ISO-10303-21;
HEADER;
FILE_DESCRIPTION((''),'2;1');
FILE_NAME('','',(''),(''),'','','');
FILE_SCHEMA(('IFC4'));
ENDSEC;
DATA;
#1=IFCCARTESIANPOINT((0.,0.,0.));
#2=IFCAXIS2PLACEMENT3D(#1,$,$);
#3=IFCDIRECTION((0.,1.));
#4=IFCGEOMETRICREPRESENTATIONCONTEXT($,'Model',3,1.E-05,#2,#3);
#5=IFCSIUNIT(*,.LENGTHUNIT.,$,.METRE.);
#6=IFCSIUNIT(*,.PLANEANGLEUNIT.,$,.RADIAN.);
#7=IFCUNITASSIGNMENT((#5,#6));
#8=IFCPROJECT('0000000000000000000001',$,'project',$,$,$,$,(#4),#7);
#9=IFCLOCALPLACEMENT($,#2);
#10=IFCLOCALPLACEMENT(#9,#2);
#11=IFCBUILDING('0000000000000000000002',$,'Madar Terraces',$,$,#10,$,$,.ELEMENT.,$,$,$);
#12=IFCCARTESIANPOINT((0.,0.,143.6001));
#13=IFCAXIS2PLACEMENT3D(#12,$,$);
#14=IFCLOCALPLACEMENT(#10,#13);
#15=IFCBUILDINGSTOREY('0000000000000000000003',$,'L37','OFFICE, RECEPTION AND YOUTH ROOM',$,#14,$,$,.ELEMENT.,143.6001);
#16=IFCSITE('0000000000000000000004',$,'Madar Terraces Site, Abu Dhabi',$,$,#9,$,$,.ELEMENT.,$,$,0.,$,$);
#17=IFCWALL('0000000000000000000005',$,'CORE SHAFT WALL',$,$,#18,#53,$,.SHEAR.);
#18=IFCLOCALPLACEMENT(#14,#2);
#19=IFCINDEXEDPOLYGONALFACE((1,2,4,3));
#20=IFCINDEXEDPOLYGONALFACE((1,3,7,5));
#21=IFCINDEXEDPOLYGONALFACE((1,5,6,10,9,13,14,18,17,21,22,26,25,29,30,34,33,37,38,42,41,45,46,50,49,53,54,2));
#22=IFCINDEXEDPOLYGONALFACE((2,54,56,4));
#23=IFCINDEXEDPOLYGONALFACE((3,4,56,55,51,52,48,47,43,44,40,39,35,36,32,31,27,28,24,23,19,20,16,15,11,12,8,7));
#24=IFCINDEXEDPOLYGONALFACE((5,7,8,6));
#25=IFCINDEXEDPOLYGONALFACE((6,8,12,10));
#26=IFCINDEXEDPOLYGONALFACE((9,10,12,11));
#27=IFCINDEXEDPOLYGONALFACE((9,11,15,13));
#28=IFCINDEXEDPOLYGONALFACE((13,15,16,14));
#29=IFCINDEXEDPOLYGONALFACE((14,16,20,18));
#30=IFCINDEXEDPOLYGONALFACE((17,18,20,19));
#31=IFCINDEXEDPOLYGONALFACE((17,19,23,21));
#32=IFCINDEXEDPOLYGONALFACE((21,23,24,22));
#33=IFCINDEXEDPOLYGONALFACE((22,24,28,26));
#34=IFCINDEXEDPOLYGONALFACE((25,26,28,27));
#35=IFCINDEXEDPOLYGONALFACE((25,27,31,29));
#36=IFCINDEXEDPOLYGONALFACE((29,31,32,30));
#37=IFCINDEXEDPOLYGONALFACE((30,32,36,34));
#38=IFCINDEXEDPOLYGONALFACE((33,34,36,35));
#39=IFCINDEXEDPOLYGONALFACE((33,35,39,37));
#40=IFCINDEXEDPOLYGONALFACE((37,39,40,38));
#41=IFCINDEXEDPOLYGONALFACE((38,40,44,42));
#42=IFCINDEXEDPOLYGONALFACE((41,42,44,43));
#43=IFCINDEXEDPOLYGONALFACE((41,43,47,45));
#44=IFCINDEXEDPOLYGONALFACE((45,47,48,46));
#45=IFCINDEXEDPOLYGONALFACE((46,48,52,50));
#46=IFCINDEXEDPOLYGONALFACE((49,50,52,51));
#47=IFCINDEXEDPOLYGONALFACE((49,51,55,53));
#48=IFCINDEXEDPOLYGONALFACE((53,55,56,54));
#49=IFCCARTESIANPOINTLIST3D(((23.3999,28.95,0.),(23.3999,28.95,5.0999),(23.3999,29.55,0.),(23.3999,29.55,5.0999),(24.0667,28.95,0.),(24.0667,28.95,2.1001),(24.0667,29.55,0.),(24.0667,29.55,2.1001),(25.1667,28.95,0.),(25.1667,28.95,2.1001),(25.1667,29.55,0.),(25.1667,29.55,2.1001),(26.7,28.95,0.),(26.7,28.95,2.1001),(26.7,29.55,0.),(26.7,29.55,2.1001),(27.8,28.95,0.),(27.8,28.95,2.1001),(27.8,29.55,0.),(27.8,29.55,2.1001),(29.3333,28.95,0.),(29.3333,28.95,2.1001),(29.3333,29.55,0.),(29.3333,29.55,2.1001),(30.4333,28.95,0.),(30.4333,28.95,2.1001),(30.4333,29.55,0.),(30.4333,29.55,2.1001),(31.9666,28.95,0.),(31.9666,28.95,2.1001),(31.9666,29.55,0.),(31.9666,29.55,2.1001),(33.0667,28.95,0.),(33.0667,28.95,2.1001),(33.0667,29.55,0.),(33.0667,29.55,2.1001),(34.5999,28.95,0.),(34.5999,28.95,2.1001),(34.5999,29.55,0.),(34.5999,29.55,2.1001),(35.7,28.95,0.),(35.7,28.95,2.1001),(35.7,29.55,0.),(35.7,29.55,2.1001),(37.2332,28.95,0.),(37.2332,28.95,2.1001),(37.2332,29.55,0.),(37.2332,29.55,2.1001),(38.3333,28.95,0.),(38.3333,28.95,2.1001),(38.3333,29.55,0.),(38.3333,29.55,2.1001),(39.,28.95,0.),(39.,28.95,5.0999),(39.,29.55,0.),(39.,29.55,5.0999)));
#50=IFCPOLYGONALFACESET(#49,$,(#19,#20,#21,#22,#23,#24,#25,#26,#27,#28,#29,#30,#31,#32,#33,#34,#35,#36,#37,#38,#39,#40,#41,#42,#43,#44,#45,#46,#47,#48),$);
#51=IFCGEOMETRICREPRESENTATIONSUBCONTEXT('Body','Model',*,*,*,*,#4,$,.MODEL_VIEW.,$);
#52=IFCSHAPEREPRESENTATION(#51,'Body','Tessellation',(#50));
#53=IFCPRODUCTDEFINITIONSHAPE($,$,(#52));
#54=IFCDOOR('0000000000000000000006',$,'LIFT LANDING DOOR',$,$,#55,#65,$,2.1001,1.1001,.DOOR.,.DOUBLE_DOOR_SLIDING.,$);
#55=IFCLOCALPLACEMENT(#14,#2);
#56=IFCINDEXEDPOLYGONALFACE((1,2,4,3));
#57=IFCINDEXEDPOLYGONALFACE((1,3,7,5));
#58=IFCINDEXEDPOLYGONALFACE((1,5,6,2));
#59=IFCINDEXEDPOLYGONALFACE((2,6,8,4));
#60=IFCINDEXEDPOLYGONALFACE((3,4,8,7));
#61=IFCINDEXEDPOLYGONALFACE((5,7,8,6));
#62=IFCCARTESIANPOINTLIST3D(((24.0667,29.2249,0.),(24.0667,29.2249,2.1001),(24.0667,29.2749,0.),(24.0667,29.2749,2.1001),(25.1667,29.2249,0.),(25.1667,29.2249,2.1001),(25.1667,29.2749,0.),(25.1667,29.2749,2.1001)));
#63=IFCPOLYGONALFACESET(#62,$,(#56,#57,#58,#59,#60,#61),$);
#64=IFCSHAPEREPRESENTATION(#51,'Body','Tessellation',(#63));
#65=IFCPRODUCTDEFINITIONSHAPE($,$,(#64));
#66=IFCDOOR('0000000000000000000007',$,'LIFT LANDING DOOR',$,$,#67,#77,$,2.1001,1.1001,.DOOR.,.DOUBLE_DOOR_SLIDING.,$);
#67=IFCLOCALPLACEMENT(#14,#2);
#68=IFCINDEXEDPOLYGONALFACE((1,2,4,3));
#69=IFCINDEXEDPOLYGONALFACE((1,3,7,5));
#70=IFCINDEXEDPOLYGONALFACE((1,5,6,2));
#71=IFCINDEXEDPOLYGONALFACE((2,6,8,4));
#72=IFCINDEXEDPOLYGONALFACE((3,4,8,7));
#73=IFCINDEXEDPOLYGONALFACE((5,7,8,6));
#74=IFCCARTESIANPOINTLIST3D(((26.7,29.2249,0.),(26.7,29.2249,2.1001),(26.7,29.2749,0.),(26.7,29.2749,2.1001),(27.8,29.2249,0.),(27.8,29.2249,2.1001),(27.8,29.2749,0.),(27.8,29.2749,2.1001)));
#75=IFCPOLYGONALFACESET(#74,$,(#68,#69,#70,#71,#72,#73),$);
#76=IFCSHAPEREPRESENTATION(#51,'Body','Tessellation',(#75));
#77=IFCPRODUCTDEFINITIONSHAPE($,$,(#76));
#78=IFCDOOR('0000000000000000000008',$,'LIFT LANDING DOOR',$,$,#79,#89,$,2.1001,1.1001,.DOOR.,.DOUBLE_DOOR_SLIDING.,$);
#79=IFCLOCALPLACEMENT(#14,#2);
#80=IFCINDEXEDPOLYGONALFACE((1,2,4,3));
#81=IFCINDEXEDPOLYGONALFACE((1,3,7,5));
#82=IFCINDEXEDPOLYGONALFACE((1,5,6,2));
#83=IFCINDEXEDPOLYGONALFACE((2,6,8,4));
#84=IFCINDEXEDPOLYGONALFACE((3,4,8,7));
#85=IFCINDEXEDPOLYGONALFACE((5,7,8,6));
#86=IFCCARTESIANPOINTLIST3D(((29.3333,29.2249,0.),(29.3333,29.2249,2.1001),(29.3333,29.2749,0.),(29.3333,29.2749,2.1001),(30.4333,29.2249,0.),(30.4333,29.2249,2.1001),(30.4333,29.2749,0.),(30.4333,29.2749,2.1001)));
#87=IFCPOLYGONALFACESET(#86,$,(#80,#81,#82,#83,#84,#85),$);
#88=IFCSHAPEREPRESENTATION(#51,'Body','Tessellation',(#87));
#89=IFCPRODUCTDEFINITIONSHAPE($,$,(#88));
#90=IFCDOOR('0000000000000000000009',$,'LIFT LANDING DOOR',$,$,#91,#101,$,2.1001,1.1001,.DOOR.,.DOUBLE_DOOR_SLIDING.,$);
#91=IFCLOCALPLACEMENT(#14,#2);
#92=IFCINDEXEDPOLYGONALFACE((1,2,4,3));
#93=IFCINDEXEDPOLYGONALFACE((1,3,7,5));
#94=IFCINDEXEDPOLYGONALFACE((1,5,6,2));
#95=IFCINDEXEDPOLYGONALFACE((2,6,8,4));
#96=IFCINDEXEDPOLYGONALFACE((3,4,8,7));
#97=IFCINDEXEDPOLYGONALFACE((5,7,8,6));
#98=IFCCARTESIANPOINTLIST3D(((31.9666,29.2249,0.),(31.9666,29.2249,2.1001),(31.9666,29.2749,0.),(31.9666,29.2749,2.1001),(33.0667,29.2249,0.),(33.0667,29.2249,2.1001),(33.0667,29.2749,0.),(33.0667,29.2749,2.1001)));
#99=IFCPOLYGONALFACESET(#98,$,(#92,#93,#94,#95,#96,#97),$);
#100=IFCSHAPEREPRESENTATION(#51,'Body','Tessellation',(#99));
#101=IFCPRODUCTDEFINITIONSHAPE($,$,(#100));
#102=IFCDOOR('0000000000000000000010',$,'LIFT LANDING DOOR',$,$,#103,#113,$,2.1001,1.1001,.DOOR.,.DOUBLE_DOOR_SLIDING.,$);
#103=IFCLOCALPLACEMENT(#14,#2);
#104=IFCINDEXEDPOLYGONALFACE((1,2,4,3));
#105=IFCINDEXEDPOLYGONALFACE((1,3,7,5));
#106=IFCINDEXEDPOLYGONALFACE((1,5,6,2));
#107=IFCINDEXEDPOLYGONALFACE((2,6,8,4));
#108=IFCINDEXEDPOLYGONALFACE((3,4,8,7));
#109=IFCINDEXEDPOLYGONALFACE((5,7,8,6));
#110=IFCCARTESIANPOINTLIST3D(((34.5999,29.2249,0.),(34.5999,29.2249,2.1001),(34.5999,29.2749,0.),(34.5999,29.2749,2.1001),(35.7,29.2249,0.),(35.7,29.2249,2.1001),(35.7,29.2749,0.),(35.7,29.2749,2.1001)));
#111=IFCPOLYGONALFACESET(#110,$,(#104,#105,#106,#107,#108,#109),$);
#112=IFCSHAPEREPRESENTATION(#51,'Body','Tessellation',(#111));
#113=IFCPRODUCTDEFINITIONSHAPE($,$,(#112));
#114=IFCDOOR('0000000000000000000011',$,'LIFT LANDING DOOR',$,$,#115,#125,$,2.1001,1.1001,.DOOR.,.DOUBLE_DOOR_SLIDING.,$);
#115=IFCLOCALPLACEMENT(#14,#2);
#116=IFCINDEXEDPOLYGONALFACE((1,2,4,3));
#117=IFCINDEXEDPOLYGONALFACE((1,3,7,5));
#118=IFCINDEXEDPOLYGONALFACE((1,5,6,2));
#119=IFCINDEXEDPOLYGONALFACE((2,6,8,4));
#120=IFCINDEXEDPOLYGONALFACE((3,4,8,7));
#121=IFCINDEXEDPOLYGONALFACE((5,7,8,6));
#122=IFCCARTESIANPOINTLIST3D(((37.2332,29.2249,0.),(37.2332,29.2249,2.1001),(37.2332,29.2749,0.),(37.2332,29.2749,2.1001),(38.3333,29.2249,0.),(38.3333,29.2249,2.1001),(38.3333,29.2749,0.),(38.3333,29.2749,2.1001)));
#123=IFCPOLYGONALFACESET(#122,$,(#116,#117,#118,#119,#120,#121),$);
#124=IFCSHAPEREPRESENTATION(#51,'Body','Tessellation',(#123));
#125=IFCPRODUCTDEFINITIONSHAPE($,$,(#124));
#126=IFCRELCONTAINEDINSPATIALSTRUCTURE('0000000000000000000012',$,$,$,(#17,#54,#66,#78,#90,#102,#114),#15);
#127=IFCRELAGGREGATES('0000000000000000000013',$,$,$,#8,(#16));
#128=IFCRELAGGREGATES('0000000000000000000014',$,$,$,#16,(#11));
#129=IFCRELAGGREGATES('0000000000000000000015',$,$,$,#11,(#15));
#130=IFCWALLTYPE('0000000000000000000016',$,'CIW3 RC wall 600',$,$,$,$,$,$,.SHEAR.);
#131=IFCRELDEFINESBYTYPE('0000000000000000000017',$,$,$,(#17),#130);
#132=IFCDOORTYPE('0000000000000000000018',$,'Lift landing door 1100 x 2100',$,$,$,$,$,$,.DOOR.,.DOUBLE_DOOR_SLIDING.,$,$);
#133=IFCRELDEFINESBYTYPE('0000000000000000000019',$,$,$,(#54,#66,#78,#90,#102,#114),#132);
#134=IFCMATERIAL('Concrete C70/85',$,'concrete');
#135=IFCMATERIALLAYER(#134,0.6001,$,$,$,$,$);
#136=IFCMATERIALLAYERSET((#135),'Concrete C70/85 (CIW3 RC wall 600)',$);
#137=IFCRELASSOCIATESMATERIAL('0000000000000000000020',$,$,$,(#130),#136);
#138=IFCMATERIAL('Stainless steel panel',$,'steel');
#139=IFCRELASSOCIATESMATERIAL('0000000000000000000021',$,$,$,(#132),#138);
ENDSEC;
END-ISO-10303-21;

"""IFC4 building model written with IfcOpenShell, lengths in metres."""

from ifc_helpers import new_model, si_unit, direction, frame, frame_2d, origin, place, context, subcontext, project, spatial, rectangle, extrude, material, layer, layer_set, type_object, element, fill, save


model = new_model("IFC4")

# Units and contexts
model_context = context("Model", 3, precision=1e-05, world=origin(), true_north=direction((0.0, 1.0)))
body_context = subcontext(model_context, "Body", "Model", "MODEL_VIEW")
ifc_project = project(units=[si_unit("LENGTHUNIT", "METRE"), si_unit("PLANEANGLEUNIT", "RADIAN")], contexts=[model_context])

# Site, building, storey
site_placement = place(None, origin())
site = spatial("IfcSite", under=ifc_project, at=site_placement, Name="Madar Terraces Site, Abu Dhabi", CompositionType="ELEMENT", RefElevation=0.0)
building_placement = place(site_placement, origin())
building = spatial("IfcBuilding", under=site, at=building_placement, Name="Madar Terraces", CompositionType="ELEMENT")
storey_placement = place(building_placement, frame((0.0, 0.0, 143.6001)))
storey = spatial("IfcBuildingStorey", under=building, at=storey_placement, Name="L37", Description="OFFICE, RECEPTION AND YOUTH ROOM", CompositionType="ELEMENT", Elevation=143.6001)

# Wall, openings, doors
ifc_material_1 = material(Name="Concrete C70/85", Category="concrete")
ifc_layer_1 = layer(ifc_material_1, 0.6001)
ifc_layer_set_1 = layer_set([ifc_layer_1], Name="Concrete C70/85 (CIW3 RC wall 600)")
wall_type_1 = type_object("IfcWallType", Name="CIW3 RC wall 600", PredefinedType="SHEAR", material=ifc_layer_set_1)
wall_1_placement = place(storey_placement, frame((23.3999, 29.25, 0.0), z_axis=(0.0, 0.0, 1.0), x_axis=(1.0, 0.0, 0.0)))
wall_1 = element("IfcWall", 1, at=wall_1_placement, inside=storey, type_object=wall_type_1, Name="CORE SHAFT WALL", PredefinedType="SHEAR", context=body_context, shape_type="SweptSolid", body=[
    extrude(rectangle(XDim=15.6001, YDim=0.6001, at=frame_2d((7.8, 0.0))), origin(), (0.0, 0.0, 1.0), 5.0999),
])
opening_1_placement = place(wall_1_placement, frame((0.6667, 0.0, 0.0)))
opening_1 = element("IfcOpeningElement", 2, at=opening_1_placement, cuts=wall_1, PredefinedType="OPENING", context=body_context, shape_type="SweptSolid", body=[
    extrude(rectangle(XDim=1.1001, YDim=2.1001, at=frame_2d((0.55, 1.05))), frame((0.0, 0.3101, 0.0), z_axis=(0.0, -1.0, 0.0), x_axis=(1.0, 0.0, 0.0)), (0.0, 0.0, 1.0), 0.6201),
])
opening_2_placement = place(wall_1_placement, frame((3.3, 0.0, 0.0)))
opening_2 = element("IfcOpeningElement", 3, at=opening_2_placement, cuts=wall_1, PredefinedType="OPENING", context=body_context, shape_type="SweptSolid", body=[
    extrude(rectangle(XDim=1.1001, YDim=2.1001, at=frame_2d((0.55, 1.05))), frame((0.0, 0.3101, 0.0), z_axis=(0.0, -1.0, 0.0), x_axis=(1.0, 0.0, 0.0)), (0.0, 0.0, 1.0), 0.6201),
])
opening_3_placement = place(wall_1_placement, frame((5.9333, 0.0, 0.0)))
opening_3 = element("IfcOpeningElement", 4, at=opening_3_placement, cuts=wall_1, PredefinedType="OPENING", context=body_context, shape_type="SweptSolid", body=[
    extrude(rectangle(XDim=1.1001, YDim=2.1001, at=frame_2d((0.55, 1.05))), frame((0.0, 0.3101, 0.0), z_axis=(0.0, -1.0, 0.0), x_axis=(1.0, 0.0, 0.0)), (0.0, 0.0, 1.0), 0.6201),
])
opening_4_placement = place(wall_1_placement, frame((8.5667, 0.0, 0.0)))
opening_4 = element("IfcOpeningElement", 5, at=opening_4_placement, cuts=wall_1, PredefinedType="OPENING", context=body_context, shape_type="SweptSolid", body=[
    extrude(rectangle(XDim=1.1001, YDim=2.1001, at=frame_2d((0.55, 1.05))), frame((0.0, 0.3101, 0.0), z_axis=(0.0, -1.0, 0.0), x_axis=(1.0, 0.0, 0.0)), (0.0, 0.0, 1.0), 0.6201),
])
opening_5_placement = place(wall_1_placement, frame((11.2, 0.0, 0.0)))
opening_5 = element("IfcOpeningElement", 6, at=opening_5_placement, cuts=wall_1, PredefinedType="OPENING", context=body_context, shape_type="SweptSolid", body=[
    extrude(rectangle(XDim=1.1001, YDim=2.1001, at=frame_2d((0.55, 1.05))), frame((0.0, 0.3101, 0.0), z_axis=(0.0, -1.0, 0.0), x_axis=(1.0, 0.0, 0.0)), (0.0, 0.0, 1.0), 0.6201),
])
opening_6_placement = place(wall_1_placement, frame((13.8333, 0.0, 0.0)))
opening_6 = element("IfcOpeningElement", 7, at=opening_6_placement, cuts=wall_1, PredefinedType="OPENING", context=body_context, shape_type="SweptSolid", body=[
    extrude(rectangle(XDim=1.1001, YDim=2.1001, at=frame_2d((0.55, 1.05))), frame((0.0, 0.3101, 0.0), z_axis=(0.0, -1.0, 0.0), x_axis=(1.0, 0.0, 0.0)), (0.0, 0.0, 1.0), 0.6201),
])
ifc_material_2 = material(Name="Stainless steel panel", Category="steel")
door_type = type_object("IfcDoorType", Name="Lift landing door 1100 x 2100", OperationType="DOUBLE_DOOR_SLIDING", PredefinedType="DOOR", material=ifc_material_2)
door_1_placement = place(opening_1_placement, origin())
door_1 = element("IfcDoor", 8, at=door_1_placement, inside=storey, type_object=door_type, Name="LIFT LANDING DOOR", OperationType="DOUBLE_DOOR_SLIDING", OverallHeight=2.1001, OverallWidth=1.1001, PredefinedType="DOOR", context=body_context, shape_type="SweptSolid", body=[
    extrude(rectangle(XDim=1.1001, YDim=2.1001, at=frame_2d((0.55, 1.05))), frame((0.0, 0.0249, 0.0), z_axis=(0.0, -1.0, 0.0), x_axis=(1.0, 0.0, 0.0)), (0.0, 0.0, 1.0), 0.05),
])
fill(opening_1, door_1)
door_2_placement = place(opening_2_placement, origin())
door_2 = element("IfcDoor", 9, at=door_2_placement, inside=storey, type_object=door_type, Name="LIFT LANDING DOOR", OperationType="DOUBLE_DOOR_SLIDING", OverallHeight=2.1001, OverallWidth=1.1001, PredefinedType="DOOR", context=body_context, shape_type="SweptSolid", body=[
    extrude(rectangle(XDim=1.1001, YDim=2.1001, at=frame_2d((0.55, 1.05))), frame((0.0, 0.0249, 0.0), z_axis=(0.0, -1.0, 0.0), x_axis=(1.0, 0.0, 0.0)), (0.0, 0.0, 1.0), 0.05),
])
fill(opening_2, door_2)
door_3_placement = place(opening_3_placement, origin())
door_3 = element("IfcDoor", 10, at=door_3_placement, inside=storey, type_object=door_type, Name="LIFT LANDING DOOR", OperationType="DOUBLE_DOOR_SLIDING", OverallHeight=2.1001, OverallWidth=1.1001, PredefinedType="DOOR", context=body_context, shape_type="SweptSolid", body=[
    extrude(rectangle(XDim=1.1001, YDim=2.1001, at=frame_2d((0.55, 1.05))), frame((0.0, 0.0249, 0.0), z_axis=(0.0, -1.0, 0.0), x_axis=(1.0, 0.0, 0.0)), (0.0, 0.0, 1.0), 0.05),
])
fill(opening_3, door_3)
door_4_placement = place(opening_4_placement, origin())
door_4 = element("IfcDoor", 11, at=door_4_placement, inside=storey, type_object=door_type, Name="LIFT LANDING DOOR", OperationType="DOUBLE_DOOR_SLIDING", OverallHeight=2.1001, OverallWidth=1.1001, PredefinedType="DOOR", context=body_context, shape_type="SweptSolid", body=[
    extrude(rectangle(XDim=1.1001, YDim=2.1001, at=frame_2d((0.55, 1.05))), frame((0.0, 0.0249, 0.0), z_axis=(0.0, -1.0, 0.0), x_axis=(1.0, 0.0, 0.0)), (0.0, 0.0, 1.0), 0.05),
])
fill(opening_4, door_4)
door_5_placement = place(opening_5_placement, origin())
door_5 = element("IfcDoor", 12, at=door_5_placement, inside=storey, type_object=door_type, Name="LIFT LANDING DOOR", OperationType="DOUBLE_DOOR_SLIDING", OverallHeight=2.1001, OverallWidth=1.1001, PredefinedType="DOOR", context=body_context, shape_type="SweptSolid", body=[
    extrude(rectangle(XDim=1.1001, YDim=2.1001, at=frame_2d((0.55, 1.05))), frame((0.0, 0.0249, 0.0), z_axis=(0.0, -1.0, 0.0), x_axis=(1.0, 0.0, 0.0)), (0.0, 0.0, 1.0), 0.05),
])
fill(opening_5, door_5)
door_6_placement = place(opening_6_placement, origin())
door_6 = element("IfcDoor", 13, at=door_6_placement, inside=storey, type_object=door_type, Name="LIFT LANDING DOOR", OperationType="DOUBLE_DOOR_SLIDING", OverallHeight=2.1001, OverallWidth=1.1001, PredefinedType="DOOR", context=body_context, shape_type="SweptSolid", body=[
    extrude(rectangle(XDim=1.1001, YDim=2.1001, at=frame_2d((0.55, 1.05))), frame((0.0, 0.0249, 0.0), z_axis=(0.0, -1.0, 0.0), x_axis=(1.0, 0.0, 0.0)), (0.0, 0.0, 1.0), 0.05),
])
fill(opening_6, door_6)

save(model, "model.ifc")
